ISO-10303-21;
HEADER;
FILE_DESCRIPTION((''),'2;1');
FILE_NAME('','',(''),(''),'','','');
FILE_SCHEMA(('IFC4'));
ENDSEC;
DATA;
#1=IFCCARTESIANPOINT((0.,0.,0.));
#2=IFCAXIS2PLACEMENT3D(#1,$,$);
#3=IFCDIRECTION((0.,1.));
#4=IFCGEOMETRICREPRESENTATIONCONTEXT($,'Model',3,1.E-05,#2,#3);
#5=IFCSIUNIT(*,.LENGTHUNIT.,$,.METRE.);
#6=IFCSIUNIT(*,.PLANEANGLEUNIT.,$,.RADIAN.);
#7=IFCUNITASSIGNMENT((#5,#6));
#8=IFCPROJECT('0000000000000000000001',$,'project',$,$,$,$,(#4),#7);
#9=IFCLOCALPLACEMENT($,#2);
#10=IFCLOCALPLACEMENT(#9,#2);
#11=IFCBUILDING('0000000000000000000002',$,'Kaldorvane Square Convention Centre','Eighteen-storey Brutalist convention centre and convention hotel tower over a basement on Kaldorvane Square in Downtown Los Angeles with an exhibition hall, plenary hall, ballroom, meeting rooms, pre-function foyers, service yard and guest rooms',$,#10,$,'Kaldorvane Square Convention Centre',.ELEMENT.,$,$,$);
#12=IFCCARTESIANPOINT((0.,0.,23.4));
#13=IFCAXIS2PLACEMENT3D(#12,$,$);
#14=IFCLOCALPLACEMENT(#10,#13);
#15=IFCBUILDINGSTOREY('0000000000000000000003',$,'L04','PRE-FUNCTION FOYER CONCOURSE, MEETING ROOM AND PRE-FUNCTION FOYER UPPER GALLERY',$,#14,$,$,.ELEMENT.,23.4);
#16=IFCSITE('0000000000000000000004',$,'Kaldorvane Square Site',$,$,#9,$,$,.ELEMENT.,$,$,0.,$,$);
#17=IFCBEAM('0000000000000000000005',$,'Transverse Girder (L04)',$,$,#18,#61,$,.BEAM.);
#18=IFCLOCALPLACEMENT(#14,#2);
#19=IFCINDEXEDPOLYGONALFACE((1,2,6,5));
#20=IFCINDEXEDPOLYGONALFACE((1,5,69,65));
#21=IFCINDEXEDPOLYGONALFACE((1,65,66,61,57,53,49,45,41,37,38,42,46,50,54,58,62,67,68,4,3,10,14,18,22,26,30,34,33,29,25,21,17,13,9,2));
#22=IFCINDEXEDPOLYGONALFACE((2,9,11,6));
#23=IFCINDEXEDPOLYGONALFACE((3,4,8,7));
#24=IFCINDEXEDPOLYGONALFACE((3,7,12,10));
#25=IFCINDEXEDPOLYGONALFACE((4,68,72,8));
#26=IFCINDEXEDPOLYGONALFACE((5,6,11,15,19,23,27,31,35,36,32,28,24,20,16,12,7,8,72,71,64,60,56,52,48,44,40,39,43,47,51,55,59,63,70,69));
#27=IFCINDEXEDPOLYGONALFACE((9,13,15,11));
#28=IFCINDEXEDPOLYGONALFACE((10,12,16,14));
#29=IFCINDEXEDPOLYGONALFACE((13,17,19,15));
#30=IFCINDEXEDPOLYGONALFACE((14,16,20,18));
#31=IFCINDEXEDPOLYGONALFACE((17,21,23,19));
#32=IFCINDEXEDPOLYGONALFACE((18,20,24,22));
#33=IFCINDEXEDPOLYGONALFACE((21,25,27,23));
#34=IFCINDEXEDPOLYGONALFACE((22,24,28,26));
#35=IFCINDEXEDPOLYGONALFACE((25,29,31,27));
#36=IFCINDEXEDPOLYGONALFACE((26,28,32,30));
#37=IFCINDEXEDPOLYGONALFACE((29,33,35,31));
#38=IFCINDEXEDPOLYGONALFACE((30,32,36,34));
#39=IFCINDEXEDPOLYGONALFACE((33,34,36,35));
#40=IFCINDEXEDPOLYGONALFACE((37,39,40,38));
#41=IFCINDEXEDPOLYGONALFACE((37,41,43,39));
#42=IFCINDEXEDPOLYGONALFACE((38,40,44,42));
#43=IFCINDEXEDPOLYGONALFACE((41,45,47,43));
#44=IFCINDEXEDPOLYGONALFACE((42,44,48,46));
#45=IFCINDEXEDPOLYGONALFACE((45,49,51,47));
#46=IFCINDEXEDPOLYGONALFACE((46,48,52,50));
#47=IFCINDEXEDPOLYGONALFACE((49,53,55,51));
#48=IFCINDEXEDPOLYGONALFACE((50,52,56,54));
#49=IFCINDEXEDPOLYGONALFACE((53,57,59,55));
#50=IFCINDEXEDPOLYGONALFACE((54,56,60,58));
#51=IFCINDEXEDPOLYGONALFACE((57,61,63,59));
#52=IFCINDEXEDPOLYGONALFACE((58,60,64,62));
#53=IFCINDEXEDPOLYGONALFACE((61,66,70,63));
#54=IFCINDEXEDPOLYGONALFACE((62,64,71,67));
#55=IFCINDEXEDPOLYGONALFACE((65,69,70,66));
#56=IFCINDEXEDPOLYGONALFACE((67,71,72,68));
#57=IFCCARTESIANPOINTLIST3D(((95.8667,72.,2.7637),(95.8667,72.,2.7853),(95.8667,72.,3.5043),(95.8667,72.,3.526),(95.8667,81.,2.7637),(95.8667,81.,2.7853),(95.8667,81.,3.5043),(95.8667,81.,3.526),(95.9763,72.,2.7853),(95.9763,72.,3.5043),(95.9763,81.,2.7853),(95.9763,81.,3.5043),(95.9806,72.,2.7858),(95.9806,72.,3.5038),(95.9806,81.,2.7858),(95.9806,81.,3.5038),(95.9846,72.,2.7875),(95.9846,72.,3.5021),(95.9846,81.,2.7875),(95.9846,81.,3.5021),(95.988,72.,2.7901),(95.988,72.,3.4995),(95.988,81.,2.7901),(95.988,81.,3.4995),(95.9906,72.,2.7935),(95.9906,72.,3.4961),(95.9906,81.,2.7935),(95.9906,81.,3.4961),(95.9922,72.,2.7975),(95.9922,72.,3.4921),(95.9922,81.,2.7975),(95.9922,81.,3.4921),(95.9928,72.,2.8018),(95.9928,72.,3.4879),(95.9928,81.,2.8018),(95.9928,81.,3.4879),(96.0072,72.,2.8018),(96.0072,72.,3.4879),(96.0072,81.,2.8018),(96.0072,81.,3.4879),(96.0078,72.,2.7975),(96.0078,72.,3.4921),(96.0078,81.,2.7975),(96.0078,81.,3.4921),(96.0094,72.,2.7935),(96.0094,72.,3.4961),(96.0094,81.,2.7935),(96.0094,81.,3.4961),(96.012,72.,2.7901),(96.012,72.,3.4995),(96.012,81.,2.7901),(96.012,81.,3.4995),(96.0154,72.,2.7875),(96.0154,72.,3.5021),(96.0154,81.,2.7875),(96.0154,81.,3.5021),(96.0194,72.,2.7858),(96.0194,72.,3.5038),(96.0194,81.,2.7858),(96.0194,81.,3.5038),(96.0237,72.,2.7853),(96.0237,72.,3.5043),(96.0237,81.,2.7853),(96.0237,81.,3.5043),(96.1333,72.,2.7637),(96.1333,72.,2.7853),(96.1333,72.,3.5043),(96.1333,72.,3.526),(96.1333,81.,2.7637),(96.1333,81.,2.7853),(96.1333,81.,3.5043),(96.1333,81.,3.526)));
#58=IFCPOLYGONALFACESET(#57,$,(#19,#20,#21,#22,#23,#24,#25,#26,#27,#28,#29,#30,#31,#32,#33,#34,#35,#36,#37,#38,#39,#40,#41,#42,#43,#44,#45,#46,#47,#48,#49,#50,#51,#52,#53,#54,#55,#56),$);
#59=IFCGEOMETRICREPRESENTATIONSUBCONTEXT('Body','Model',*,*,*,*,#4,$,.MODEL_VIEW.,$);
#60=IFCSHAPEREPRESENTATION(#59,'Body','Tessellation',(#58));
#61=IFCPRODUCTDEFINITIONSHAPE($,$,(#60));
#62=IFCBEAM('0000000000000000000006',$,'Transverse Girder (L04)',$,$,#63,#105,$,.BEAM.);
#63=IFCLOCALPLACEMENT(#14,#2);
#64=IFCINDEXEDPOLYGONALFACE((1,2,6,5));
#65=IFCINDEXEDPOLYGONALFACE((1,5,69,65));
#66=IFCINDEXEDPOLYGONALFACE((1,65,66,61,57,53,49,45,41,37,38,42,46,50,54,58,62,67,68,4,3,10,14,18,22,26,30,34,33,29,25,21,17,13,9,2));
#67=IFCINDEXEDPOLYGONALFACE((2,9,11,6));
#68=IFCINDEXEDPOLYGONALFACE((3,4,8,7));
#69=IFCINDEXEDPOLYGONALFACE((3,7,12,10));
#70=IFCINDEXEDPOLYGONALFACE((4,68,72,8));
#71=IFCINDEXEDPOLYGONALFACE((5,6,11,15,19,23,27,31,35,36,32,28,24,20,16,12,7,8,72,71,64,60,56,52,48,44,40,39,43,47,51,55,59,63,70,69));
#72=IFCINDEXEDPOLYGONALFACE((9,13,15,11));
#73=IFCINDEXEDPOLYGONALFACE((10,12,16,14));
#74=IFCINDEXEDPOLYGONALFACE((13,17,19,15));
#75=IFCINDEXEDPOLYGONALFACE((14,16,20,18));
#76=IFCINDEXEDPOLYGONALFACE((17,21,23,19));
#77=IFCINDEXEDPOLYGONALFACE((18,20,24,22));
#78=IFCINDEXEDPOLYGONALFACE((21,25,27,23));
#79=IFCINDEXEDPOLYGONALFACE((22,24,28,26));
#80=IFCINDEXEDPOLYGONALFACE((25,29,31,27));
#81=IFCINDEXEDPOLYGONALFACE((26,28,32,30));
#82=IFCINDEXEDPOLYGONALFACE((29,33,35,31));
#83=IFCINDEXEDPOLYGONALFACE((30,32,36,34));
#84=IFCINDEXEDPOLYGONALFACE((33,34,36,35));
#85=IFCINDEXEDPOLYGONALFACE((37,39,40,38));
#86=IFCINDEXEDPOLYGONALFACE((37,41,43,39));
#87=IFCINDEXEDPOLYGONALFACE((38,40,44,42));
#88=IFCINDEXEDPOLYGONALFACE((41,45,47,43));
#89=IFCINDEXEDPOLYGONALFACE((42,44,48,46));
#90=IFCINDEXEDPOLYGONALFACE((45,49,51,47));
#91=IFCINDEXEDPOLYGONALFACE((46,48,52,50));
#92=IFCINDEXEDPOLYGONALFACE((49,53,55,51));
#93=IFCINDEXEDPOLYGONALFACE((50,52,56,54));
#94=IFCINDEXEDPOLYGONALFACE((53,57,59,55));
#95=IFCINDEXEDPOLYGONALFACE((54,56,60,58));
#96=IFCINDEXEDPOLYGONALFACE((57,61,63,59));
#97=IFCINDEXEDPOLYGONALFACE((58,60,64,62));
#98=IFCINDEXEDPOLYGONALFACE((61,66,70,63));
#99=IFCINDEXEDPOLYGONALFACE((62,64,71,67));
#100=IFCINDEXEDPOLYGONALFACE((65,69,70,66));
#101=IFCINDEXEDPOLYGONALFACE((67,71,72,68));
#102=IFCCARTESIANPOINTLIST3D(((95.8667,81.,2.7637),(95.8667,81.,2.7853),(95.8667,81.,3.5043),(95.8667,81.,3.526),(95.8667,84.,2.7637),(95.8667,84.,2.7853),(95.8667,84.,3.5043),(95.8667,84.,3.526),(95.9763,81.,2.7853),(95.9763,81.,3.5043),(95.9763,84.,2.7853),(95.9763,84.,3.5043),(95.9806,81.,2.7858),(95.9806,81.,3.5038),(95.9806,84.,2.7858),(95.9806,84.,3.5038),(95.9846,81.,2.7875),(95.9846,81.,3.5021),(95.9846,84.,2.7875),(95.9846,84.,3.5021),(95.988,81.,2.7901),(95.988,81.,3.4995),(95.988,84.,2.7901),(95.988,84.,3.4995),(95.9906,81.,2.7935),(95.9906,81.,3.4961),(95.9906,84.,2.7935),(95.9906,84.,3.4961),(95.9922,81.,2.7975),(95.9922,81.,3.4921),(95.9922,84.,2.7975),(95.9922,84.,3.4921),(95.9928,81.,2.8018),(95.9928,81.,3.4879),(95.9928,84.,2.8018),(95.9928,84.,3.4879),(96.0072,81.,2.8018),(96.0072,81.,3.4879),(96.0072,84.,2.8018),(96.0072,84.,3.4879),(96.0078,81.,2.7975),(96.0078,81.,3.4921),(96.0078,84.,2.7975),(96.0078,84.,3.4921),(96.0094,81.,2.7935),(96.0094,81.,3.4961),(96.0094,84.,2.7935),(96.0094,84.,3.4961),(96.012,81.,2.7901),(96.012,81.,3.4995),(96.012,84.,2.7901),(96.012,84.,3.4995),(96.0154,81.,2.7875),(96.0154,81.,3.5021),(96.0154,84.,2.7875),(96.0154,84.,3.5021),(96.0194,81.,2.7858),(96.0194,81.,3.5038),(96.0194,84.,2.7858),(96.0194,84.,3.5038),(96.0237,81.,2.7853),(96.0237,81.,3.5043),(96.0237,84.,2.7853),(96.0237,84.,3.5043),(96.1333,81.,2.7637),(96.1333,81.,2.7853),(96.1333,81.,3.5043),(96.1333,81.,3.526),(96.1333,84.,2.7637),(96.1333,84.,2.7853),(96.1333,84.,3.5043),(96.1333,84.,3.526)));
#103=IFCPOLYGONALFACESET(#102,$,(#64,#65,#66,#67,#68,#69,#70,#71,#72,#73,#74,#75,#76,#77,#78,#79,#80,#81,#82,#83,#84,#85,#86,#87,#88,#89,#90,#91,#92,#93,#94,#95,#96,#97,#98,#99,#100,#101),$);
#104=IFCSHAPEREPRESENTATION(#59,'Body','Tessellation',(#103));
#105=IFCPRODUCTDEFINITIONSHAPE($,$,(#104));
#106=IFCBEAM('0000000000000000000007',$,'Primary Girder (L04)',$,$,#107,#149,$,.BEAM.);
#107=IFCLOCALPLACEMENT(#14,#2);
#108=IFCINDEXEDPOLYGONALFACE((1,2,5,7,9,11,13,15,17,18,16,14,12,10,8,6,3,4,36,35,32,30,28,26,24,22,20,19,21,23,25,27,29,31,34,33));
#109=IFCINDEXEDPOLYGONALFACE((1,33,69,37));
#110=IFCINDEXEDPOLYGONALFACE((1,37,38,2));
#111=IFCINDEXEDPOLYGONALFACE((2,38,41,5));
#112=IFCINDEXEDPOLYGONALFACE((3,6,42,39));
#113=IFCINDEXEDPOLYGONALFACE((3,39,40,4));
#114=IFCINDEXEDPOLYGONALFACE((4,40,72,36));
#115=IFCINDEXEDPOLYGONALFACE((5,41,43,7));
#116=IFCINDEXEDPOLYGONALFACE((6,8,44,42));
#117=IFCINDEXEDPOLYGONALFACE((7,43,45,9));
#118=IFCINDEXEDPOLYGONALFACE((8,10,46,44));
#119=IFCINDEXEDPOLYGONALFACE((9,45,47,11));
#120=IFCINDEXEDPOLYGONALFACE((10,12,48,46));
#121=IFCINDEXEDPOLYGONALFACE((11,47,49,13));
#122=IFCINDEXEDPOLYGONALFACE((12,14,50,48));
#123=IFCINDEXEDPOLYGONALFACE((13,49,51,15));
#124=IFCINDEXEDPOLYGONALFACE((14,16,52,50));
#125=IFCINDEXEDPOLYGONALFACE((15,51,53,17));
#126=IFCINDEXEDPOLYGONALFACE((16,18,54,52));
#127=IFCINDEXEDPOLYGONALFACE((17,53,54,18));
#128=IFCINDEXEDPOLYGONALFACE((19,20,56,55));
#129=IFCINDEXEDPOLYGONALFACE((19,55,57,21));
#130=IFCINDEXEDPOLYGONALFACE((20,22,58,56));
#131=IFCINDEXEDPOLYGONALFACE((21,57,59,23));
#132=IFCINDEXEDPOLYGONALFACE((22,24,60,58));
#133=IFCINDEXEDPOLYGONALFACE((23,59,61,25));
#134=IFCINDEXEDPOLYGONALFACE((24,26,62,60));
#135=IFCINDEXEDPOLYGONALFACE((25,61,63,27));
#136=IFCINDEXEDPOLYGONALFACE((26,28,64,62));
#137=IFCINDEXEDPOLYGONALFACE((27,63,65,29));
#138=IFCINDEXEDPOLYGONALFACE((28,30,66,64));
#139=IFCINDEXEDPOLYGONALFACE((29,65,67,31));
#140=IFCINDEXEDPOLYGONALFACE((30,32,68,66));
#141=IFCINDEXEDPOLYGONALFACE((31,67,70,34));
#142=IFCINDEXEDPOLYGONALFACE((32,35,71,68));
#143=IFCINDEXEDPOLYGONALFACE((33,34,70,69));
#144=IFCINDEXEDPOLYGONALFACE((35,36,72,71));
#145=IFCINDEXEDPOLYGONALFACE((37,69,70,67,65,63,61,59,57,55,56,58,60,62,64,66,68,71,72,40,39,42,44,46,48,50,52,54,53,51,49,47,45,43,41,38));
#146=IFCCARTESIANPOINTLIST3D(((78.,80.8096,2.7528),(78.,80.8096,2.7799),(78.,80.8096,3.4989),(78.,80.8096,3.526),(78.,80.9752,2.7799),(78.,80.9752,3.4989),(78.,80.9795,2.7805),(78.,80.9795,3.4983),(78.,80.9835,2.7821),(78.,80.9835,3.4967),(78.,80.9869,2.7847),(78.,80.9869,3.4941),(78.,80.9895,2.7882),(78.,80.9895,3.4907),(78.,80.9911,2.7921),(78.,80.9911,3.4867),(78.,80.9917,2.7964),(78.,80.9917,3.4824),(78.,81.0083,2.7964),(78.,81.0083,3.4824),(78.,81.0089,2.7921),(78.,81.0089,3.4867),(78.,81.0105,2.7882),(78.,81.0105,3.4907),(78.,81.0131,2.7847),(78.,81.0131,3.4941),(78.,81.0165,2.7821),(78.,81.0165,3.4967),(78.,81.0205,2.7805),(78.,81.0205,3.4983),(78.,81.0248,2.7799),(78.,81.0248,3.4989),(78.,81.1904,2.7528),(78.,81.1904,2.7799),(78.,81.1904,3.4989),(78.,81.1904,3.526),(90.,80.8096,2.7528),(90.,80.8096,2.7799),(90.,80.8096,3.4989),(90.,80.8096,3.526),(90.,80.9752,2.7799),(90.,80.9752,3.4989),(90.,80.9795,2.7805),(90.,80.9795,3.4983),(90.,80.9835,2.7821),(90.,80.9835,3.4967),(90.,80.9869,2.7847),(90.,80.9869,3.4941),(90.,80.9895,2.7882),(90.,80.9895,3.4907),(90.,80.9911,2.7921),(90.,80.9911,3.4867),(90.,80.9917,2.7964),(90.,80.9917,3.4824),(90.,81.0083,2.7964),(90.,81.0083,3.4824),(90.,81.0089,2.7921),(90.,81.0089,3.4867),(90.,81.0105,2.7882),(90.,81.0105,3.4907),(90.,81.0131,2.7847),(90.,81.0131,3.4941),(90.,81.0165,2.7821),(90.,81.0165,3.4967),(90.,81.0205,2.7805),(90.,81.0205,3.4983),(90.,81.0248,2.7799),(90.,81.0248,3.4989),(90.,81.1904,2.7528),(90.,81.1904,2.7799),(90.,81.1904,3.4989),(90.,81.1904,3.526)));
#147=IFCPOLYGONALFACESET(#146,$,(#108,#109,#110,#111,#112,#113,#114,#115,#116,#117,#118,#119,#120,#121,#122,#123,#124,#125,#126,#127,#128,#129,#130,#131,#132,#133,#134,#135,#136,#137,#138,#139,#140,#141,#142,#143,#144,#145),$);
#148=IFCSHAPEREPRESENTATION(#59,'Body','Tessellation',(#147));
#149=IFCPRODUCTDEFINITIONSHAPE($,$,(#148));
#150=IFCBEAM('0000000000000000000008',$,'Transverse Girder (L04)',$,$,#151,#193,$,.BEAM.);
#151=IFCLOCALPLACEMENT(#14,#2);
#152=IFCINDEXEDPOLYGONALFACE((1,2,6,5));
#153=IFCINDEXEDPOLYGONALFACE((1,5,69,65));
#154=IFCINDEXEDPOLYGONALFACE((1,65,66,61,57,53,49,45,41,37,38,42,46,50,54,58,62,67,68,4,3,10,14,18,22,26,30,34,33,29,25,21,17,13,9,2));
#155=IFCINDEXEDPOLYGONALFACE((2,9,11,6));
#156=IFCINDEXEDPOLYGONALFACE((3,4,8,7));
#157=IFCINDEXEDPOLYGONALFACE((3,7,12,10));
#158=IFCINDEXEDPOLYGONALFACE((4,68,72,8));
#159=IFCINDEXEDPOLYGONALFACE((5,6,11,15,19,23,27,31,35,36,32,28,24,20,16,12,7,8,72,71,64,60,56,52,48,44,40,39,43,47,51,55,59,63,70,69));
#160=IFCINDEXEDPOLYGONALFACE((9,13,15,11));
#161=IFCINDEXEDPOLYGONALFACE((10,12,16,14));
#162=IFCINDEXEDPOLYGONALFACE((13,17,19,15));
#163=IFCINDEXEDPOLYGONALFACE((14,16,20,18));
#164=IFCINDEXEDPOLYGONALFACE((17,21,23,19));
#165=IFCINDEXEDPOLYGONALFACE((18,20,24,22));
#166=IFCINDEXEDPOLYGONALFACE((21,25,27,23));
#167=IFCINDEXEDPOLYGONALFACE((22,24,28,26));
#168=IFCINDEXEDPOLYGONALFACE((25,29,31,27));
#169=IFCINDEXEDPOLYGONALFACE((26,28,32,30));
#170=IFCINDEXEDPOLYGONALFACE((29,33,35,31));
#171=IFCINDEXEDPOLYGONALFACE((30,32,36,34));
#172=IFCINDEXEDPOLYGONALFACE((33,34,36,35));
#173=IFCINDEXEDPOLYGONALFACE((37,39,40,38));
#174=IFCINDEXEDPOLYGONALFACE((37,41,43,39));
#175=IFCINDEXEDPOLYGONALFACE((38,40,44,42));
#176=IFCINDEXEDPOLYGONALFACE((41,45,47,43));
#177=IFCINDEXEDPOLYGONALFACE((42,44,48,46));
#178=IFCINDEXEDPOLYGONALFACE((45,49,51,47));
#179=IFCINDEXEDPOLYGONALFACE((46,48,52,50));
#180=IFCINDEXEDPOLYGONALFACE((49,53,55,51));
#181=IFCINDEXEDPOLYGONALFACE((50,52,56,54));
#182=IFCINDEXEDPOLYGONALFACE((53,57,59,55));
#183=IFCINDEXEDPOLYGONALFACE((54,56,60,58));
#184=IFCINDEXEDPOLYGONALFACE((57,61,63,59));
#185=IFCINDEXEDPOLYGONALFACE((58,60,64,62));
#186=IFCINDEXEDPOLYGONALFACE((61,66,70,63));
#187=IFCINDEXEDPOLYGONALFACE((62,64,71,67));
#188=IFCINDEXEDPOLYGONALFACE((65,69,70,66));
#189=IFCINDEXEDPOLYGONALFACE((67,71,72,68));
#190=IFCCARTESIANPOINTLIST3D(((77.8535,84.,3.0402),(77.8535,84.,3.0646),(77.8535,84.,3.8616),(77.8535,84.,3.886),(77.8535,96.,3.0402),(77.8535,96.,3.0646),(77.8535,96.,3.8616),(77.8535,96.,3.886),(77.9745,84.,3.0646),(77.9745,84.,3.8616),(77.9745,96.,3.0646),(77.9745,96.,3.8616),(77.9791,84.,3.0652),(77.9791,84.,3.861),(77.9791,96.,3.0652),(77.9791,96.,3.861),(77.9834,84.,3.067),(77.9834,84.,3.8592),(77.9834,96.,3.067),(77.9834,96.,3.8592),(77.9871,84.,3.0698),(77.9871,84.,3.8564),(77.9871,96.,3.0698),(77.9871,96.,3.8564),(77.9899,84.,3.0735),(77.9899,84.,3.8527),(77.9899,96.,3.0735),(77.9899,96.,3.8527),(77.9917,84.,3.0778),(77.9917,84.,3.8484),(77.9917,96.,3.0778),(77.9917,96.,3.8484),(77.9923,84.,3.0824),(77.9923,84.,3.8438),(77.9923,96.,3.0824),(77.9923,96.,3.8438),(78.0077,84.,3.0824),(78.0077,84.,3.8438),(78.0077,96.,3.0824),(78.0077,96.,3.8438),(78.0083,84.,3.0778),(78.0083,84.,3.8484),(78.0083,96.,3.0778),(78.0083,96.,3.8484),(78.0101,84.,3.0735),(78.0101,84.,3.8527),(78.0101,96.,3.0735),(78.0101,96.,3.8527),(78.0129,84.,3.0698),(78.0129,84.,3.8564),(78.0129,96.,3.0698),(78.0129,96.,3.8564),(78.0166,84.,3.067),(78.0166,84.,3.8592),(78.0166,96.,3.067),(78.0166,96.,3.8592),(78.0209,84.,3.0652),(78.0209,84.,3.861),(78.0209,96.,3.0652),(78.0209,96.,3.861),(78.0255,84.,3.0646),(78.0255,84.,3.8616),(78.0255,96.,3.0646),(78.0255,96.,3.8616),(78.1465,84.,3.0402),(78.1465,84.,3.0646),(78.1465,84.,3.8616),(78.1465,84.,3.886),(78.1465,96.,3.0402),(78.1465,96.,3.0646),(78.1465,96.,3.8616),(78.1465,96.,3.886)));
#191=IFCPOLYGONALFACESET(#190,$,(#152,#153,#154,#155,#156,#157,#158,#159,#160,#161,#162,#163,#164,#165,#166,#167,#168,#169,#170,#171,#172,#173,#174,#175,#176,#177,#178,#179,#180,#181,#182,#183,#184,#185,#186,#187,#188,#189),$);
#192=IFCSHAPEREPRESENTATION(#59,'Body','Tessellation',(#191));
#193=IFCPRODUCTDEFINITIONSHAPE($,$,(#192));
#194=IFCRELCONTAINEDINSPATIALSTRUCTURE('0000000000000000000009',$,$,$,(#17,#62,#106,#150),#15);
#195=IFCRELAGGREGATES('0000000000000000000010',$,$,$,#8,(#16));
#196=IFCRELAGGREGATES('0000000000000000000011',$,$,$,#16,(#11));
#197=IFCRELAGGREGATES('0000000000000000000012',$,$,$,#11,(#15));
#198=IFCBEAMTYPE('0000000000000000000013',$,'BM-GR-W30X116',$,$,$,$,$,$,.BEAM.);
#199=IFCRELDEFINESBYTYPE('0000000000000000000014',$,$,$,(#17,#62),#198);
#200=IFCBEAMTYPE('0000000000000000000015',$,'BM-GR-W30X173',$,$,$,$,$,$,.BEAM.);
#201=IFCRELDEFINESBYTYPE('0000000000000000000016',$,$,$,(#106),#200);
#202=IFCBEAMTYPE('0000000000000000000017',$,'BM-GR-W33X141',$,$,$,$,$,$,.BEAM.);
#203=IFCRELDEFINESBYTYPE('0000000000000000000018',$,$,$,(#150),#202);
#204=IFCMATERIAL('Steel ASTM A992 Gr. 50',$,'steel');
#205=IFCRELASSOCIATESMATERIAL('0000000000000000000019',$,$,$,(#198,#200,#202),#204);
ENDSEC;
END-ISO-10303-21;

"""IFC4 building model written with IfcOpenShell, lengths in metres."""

from ifc_helpers import new_model, si_unit, direction, frame, origin, origin_2d, place, context, subcontext, project, spatial, i_section, extrude, material, material_profile, profile_set, type_object, element, save


model = new_model("IFC4")

# Units and contexts
model_context = context("Model", 3, precision=1e-05, world=origin(), true_north=direction((0.0, 1.0)))
body_context = subcontext(model_context, "Body", "Model", "MODEL_VIEW")
ifc_project = project(units=[si_unit("LENGTHUNIT", "METRE"), si_unit("PLANEANGLEUNIT", "RADIAN")], contexts=[model_context])

# Site, building, storey
site_placement = place(None, origin())
site = spatial("IfcSite", under=ifc_project, at=site_placement, Name="Kaldorvane Square Site", CompositionType="ELEMENT", RefElevation=0.0)
building_placement = place(site_placement, origin())
building = spatial("IfcBuilding", under=site, at=building_placement, Name="Kaldorvane Square Convention Centre", Description="Eighteen-storey Brutalist convention centre and convention hotel tower over a basement on Kaldorvane Square in Downtown Los Angeles with an exhibition hall, plenary hall, ballroom, meeting rooms, pre-function foyers, service yard and guest rooms", LongName="Kaldorvane Square Convention Centre", CompositionType="ELEMENT")
storey_placement = place(building_placement, frame((0.0, 0.0, 23.4)))
storey = spatial("IfcBuildingStorey", under=building, at=storey_placement, Name="L04", Description="PRE-FUNCTION FOYER CONCOURSE, MEETING ROOM AND PRE-FUNCTION FOYER UPPER GALLERY", CompositionType="ELEMENT", Elevation=23.4)

# Shared definitions
ifc_material_1 = material(Name="Steel ASTM A992 Gr. 50", Category="steel")

# Beams
ifc_material_profile_1 = material_profile(ifc_material_1, i_section(OverallWidth=0.2666, OverallDepth=0.7623, WebThickness=0.0144, FlangeThickness=0.0216, FilletRadius=0.0165, at=origin_2d()), Name="W30X116")
ifc_profile_set_1 = profile_set([ifc_material_profile_1], Name="Steel ASTM A992 Gr. 50")
beam_type_1 = type_object("IfcBeamType", Name="BM-GR-W30X116", PredefinedType="BEAM", material=ifc_profile_set_1)
beam_1_placement = place(storey_placement, frame((96.0, 72.0, 3.1448), z_axis=(0.0, 1.0, 0.0), x_axis=(-1.0, 0.0, 0.0)))
element("IfcBeam", 1, at=beam_1_placement, inside=storey, type_object=beam_type_1, Name="Transverse Girder (L04)", PredefinedType="BEAM", context=body_context, shape_type="SweptSolid", body=[
    extrude(i_section(OverallWidth=0.2666, OverallDepth=0.7623, WebThickness=0.0144, FlangeThickness=0.0216, FilletRadius=0.0165, at=origin_2d()), origin(), (0.0, 0.0, 1.0), 9.0),
])
beam_2_placement = place(storey_placement, frame((96.0, 81.0, 3.1448), z_axis=(0.0, 1.0, 0.0), x_axis=(-1.0, 0.0, 0.0)))
element("IfcBeam", 2, at=beam_2_placement, inside=storey, type_object=beam_type_1, Name="Transverse Girder (L04)", PredefinedType="BEAM", context=body_context, shape_type="SweptSolid", body=[
    extrude(i_section(OverallWidth=0.2666, OverallDepth=0.7623, WebThickness=0.0144, FlangeThickness=0.0216, FilletRadius=0.0165, at=origin_2d()), origin(), (0.0, 0.0, 1.0), 3.0),
])
ifc_material_profile_2 = material_profile(ifc_material_1, i_section(OverallWidth=0.3807, OverallDepth=0.7732, WebThickness=0.0166, FlangeThickness=0.0271, FilletRadius=0.0165, at=origin_2d()), Name="W30X173")
ifc_profile_set_2 = profile_set([ifc_material_profile_2], Name="Steel ASTM A992 Gr. 50")
beam_type_2 = type_object("IfcBeamType", Name="BM-GR-W30X173", PredefinedType="BEAM", material=ifc_profile_set_2)
beam_3_placement = place(storey_placement, frame((78.0, 81.0, 3.1394), z_axis=(1.0, 0.0, 0.0), x_axis=(0.0, 1.0, 0.0)))
element("IfcBeam", 3, at=beam_3_placement, inside=storey, type_object=beam_type_2, Name="Primary Girder (L04)", PredefinedType="BEAM", context=body_context, shape_type="SweptSolid", body=[
    extrude(i_section(OverallWidth=0.3807, OverallDepth=0.7732, WebThickness=0.0166, FlangeThickness=0.0271, FilletRadius=0.0165, at=origin_2d()), origin(), (0.0, 0.0, 1.0), 12.0),
])
ifc_material_profile_3 = material_profile(ifc_material_1, i_section(OverallWidth=0.293, OverallDepth=0.8458, WebThickness=0.0154, FlangeThickness=0.0244, FilletRadius=0.0178, at=origin_2d()), Name="W33X141")
ifc_profile_set_3 = profile_set([ifc_material_profile_3], Name="Steel ASTM A992 Gr. 50")
beam_type_3 = type_object("IfcBeamType", Name="BM-GR-W33X141", PredefinedType="BEAM", material=ifc_profile_set_3)
for number, where, z_axis, x_axis, name in (
    (4, (78.0, 84.0, 3.4631), (0.0, 1.0, 0.0), (-1.0, 0.0, 0.0), "Transverse Girder (L04)"),
):
    element("IfcBeam", number, at=place(storey_placement, frame(where, z_axis=z_axis, x_axis=x_axis)), inside=storey, type_object=beam_type_3, Name=name, PredefinedType="BEAM", context=body_context, shape_type="SweptSolid", body=[
        extrude(i_section(OverallWidth=0.293, OverallDepth=0.8458, WebThickness=0.0154, FlangeThickness=0.0244, FilletRadius=0.0178, at=origin_2d()), origin(), (0.0, 0.0, 1.0), 12.0),
    ])

save(model, "model.ifc")
